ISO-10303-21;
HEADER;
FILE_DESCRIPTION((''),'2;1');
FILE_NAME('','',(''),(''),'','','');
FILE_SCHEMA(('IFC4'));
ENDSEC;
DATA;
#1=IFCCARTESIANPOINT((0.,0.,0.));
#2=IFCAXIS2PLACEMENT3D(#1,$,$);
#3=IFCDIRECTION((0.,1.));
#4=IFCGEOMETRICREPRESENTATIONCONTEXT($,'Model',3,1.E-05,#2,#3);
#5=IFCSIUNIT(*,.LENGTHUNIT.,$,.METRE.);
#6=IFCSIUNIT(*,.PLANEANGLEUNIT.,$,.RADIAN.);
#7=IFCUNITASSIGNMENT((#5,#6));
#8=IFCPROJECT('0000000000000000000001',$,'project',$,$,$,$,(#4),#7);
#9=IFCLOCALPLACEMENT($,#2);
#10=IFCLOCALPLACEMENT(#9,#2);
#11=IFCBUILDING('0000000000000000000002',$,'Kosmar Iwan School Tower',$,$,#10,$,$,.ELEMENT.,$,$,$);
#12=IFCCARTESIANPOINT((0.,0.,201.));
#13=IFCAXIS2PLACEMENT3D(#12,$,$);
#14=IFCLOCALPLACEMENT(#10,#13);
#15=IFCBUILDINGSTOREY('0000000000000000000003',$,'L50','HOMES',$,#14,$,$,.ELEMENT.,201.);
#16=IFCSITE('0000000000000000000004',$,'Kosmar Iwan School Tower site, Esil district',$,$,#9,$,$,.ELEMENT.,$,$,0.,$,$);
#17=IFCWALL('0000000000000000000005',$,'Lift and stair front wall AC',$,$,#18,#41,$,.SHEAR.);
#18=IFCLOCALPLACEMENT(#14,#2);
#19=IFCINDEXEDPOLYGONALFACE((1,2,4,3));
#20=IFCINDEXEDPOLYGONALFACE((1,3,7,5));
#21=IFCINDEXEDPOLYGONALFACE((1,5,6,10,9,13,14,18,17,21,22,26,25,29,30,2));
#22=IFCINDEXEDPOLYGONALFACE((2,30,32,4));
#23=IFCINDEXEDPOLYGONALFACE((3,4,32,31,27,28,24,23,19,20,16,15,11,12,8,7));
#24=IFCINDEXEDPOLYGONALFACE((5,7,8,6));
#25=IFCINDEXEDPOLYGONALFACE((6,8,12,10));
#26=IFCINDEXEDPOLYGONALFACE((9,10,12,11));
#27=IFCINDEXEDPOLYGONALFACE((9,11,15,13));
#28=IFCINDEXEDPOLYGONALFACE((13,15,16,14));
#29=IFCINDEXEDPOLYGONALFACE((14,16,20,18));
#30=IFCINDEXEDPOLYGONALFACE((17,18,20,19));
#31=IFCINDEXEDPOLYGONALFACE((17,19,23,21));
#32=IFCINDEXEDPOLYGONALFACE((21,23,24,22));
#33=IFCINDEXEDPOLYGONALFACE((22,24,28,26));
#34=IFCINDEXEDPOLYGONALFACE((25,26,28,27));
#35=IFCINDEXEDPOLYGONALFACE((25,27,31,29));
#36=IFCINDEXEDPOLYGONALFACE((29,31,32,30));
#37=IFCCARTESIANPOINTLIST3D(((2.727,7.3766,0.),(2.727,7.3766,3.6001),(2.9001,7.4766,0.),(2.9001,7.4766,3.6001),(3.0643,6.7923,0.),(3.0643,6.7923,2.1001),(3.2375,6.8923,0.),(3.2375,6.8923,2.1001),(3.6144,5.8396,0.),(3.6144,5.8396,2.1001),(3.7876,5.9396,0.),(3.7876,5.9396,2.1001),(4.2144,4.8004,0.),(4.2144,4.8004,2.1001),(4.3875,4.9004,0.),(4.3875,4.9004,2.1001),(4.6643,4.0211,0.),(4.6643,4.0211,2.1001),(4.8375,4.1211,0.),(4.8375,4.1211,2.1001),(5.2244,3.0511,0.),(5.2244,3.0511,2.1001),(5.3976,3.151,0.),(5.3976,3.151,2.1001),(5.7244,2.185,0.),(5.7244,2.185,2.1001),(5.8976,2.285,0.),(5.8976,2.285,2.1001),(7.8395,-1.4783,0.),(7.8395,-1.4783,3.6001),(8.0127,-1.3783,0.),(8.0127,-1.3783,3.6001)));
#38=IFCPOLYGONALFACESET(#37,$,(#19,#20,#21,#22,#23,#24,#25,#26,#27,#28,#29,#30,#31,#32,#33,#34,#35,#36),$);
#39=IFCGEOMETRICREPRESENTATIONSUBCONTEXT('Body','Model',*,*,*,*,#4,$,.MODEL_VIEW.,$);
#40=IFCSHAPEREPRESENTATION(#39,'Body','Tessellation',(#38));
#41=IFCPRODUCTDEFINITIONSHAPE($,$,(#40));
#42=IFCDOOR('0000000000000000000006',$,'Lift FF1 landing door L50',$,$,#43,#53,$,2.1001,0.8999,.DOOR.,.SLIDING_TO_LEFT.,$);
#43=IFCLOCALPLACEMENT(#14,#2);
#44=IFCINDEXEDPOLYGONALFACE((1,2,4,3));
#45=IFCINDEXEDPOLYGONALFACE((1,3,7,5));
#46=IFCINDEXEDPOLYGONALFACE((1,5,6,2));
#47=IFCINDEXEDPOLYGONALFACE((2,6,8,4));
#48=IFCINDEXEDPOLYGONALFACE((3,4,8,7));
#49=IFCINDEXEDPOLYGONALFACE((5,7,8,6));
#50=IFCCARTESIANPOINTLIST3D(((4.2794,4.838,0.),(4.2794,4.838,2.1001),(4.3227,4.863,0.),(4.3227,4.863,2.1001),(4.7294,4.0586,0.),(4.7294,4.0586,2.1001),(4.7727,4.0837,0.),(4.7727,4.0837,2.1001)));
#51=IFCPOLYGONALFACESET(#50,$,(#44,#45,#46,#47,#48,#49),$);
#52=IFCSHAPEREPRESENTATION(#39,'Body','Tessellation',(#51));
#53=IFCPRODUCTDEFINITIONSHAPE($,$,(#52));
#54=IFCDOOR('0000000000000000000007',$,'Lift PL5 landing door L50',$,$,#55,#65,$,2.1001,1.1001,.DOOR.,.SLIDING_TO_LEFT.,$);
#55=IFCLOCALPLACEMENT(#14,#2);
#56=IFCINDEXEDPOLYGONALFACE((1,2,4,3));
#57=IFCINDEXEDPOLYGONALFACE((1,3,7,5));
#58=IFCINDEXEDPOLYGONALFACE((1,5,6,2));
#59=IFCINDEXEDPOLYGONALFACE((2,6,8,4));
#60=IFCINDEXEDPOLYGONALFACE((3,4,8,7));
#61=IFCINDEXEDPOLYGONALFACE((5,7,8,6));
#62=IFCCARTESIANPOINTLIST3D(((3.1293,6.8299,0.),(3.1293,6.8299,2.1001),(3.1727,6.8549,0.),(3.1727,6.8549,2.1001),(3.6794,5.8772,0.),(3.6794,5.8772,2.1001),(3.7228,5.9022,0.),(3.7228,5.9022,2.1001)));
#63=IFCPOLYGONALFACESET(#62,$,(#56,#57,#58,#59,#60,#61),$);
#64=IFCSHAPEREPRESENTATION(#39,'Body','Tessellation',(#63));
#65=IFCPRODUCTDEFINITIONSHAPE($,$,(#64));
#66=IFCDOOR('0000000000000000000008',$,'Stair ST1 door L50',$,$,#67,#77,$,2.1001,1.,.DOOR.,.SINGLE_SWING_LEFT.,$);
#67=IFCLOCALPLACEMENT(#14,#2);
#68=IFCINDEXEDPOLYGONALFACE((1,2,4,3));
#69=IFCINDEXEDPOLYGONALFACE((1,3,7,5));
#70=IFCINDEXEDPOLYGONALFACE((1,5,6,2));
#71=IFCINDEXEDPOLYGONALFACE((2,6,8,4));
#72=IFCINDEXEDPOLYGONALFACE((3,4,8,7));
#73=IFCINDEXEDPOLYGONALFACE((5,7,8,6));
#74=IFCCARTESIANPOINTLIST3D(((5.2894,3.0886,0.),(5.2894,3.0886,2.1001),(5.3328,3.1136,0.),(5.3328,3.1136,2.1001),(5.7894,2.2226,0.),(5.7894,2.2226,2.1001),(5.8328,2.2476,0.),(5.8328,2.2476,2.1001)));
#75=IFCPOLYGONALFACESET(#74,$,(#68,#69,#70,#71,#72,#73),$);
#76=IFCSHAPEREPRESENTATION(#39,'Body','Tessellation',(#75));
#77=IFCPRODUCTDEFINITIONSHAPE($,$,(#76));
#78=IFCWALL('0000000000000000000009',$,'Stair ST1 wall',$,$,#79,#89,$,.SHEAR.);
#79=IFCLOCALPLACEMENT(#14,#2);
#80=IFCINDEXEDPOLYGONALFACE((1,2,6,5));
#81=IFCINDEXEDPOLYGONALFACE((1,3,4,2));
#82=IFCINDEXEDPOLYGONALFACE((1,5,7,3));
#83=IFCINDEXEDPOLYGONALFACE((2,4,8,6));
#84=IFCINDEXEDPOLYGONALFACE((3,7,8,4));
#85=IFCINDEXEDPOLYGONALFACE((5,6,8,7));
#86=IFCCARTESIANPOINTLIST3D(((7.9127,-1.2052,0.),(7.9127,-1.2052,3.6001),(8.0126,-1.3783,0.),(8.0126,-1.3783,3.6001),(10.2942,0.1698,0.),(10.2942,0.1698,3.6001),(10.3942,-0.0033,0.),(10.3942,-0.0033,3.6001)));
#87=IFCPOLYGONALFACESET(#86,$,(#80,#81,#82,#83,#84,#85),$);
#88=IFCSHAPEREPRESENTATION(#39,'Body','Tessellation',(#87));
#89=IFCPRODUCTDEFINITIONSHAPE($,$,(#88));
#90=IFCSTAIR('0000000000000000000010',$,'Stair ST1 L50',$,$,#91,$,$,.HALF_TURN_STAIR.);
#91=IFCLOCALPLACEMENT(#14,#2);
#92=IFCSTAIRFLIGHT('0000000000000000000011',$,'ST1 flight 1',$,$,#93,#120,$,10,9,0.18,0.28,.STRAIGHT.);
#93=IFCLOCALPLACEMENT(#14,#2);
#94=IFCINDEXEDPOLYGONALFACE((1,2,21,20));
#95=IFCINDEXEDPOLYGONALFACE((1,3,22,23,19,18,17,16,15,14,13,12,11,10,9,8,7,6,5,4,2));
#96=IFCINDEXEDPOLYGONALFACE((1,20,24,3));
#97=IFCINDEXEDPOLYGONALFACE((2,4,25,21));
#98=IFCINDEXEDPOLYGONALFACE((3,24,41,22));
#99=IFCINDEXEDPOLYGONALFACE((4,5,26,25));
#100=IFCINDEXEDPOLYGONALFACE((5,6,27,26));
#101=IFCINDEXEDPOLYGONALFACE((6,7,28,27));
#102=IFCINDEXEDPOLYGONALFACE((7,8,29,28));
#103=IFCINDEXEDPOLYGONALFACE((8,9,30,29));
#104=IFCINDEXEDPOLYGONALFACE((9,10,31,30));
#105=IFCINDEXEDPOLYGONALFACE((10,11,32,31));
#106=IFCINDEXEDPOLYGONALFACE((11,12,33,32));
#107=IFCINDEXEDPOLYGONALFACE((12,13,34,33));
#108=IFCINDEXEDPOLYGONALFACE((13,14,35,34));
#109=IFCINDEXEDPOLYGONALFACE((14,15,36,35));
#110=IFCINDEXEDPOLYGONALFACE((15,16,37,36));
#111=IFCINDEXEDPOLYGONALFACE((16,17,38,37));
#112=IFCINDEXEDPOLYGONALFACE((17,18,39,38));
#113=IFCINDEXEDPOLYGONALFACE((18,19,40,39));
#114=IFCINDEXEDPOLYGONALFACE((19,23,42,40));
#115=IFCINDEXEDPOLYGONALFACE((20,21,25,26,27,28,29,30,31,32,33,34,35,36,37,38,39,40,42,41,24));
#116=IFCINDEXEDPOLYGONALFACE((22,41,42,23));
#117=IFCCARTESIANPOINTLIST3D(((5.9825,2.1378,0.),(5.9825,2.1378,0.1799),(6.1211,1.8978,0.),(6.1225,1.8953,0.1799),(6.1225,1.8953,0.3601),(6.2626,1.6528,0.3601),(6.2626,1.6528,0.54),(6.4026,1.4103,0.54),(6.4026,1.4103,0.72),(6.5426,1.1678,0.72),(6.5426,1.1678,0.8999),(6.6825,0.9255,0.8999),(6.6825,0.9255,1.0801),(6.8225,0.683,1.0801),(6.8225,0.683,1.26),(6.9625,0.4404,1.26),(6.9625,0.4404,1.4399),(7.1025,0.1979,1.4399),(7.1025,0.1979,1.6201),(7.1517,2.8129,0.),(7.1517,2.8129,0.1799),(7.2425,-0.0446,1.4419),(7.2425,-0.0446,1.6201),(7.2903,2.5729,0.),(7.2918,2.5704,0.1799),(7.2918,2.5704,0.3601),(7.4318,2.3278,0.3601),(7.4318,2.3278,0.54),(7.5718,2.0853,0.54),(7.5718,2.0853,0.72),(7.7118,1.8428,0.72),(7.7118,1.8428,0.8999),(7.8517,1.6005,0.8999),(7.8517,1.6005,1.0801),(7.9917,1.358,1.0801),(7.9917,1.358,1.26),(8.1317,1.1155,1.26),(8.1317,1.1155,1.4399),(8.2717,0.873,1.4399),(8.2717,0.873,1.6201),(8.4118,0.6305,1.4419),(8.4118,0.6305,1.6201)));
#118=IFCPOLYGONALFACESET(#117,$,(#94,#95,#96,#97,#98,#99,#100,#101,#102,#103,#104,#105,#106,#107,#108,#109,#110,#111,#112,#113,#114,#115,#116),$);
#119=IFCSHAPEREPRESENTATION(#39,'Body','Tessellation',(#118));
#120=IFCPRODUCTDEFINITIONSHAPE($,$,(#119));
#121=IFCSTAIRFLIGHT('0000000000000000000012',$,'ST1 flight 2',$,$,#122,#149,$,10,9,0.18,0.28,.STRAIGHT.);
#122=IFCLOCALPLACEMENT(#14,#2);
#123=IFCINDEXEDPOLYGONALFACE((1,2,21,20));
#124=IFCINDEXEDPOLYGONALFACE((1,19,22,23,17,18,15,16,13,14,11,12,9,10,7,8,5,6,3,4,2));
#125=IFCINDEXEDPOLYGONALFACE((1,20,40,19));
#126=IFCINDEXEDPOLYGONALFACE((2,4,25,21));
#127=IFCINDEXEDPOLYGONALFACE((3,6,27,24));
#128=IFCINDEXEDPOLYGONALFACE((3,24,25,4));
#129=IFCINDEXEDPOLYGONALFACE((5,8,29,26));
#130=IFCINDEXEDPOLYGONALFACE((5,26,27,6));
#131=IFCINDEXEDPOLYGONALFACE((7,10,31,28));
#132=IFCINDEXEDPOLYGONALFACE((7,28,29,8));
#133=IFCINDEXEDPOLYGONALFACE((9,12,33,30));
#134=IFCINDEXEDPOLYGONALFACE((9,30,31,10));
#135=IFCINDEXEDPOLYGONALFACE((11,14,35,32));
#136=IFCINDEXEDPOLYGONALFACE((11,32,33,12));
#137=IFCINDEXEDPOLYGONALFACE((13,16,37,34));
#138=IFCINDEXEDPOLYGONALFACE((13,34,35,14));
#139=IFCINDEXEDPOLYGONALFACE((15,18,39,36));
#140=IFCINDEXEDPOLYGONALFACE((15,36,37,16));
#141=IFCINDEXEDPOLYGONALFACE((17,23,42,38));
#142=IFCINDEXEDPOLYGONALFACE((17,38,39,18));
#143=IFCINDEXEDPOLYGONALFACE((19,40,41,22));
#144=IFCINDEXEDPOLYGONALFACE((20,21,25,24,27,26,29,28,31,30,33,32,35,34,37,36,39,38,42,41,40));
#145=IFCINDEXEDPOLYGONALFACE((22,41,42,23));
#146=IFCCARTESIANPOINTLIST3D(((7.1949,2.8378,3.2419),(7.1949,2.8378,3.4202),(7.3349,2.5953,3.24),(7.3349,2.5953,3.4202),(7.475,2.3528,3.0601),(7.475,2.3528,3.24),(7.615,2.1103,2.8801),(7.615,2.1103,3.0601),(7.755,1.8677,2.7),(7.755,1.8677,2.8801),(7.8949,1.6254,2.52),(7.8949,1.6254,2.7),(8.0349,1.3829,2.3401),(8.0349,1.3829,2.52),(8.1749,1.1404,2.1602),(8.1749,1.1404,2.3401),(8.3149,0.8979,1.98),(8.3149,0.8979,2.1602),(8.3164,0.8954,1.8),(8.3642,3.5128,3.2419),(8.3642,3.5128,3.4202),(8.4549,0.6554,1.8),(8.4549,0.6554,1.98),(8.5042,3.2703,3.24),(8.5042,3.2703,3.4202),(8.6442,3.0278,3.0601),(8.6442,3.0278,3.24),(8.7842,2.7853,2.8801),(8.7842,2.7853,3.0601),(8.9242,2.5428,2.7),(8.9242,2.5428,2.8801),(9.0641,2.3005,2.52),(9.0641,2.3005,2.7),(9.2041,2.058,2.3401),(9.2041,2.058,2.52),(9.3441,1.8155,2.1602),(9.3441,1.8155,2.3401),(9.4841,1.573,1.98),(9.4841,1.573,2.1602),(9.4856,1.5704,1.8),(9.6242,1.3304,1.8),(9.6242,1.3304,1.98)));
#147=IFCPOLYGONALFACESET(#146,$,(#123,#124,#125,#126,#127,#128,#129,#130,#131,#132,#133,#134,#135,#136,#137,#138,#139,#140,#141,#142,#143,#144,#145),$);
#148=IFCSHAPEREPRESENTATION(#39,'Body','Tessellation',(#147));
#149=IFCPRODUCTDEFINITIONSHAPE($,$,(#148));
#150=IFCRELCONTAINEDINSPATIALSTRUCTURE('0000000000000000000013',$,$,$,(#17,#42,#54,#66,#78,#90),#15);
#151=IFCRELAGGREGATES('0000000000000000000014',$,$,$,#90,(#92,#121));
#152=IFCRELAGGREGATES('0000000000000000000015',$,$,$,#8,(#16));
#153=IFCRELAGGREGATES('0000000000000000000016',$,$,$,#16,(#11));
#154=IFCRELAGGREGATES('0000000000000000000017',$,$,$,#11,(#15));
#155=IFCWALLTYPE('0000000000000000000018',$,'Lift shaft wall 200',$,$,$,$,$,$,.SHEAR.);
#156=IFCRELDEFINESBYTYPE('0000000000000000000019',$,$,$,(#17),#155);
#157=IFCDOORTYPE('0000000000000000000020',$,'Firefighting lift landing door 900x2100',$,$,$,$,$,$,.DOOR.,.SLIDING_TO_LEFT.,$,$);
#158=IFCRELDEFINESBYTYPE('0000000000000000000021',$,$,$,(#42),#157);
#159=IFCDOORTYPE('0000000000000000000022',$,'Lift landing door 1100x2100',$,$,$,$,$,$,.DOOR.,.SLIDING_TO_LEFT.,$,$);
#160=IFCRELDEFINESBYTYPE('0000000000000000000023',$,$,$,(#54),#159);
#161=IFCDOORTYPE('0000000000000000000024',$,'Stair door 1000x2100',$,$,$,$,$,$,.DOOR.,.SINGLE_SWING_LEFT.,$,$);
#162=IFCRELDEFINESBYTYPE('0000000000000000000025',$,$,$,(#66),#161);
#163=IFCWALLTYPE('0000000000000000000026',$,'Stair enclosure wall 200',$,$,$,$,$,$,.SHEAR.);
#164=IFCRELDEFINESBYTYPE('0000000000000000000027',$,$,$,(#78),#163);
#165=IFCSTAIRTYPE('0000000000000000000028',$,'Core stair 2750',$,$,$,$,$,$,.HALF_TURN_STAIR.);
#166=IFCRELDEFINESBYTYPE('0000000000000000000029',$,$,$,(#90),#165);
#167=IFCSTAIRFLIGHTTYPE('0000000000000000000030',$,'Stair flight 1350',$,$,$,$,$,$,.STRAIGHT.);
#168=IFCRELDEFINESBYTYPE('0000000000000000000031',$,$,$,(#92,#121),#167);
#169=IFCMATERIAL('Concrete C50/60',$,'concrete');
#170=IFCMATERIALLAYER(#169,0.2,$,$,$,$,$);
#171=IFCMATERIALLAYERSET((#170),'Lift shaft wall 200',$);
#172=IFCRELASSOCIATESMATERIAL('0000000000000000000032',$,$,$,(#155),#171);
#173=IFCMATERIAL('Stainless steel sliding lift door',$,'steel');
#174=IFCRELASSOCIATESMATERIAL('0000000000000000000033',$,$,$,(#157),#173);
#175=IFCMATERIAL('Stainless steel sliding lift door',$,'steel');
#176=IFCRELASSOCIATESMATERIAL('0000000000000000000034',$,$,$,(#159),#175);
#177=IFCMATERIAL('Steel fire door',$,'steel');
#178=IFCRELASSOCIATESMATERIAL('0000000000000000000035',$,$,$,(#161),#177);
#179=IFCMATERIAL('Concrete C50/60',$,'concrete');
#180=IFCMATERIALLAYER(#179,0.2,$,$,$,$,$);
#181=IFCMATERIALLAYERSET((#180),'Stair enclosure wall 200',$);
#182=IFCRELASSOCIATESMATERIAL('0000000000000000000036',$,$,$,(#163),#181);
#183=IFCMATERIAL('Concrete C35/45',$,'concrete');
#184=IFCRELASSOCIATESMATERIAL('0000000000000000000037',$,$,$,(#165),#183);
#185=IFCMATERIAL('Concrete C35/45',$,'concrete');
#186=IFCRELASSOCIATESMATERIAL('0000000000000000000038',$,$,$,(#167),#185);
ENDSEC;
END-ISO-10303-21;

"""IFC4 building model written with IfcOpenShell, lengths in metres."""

from ifc_helpers import new_model, si_unit, direction, frame, frame_2d, origin, place, context, subcontext, project, spatial, polyline, rectangle, outline, extrude, material, layer, layer_set, type_object, element, fill, aggregate, save


model = new_model("IFC4")

# Units and contexts
model_context = context("Model", 3, precision=1e-05, world=origin(), true_north=direction((0.0, 1.0)))
body_context = subcontext(model_context, "Body", "Model", "MODEL_VIEW")
ifc_project = project(units=[si_unit("LENGTHUNIT", "METRE"), si_unit("PLANEANGLEUNIT", "RADIAN")], contexts=[model_context])

# Site, building, storey
site_placement = place(None, origin())
site = spatial("IfcSite", under=ifc_project, at=site_placement, Name="Kosmar Iwan School Tower site, Esil district", CompositionType="ELEMENT", RefElevation=0.0)
building_placement = place(site_placement, origin())
building = spatial("IfcBuilding", under=site, at=building_placement, Name="Kosmar Iwan School Tower", CompositionType="ELEMENT")
storey_placement = place(building_placement, frame((0.0, 0.0, 201.0)))
storey = spatial("IfcBuildingStorey", under=building, at=storey_placement, Name="L50", Description="HOMES", CompositionType="ELEMENT", Elevation=201.0)

# Wall, openings, doors
ifc_material_1 = material(Name="Concrete C50/60", Category="concrete")
ifc_layer_1 = layer(ifc_material_1, 0.2)
ifc_layer_set_1 = layer_set([ifc_layer_1], Name="Lift shaft wall 200")
wall_type_1 = type_object("IfcWallType", Name="Lift shaft wall 200", PredefinedType="SHEAR", material=ifc_layer_set_1)
wall_1_placement = place(storey_placement, frame((7.926, -1.4282, 0.0), z_axis=(0.0, 0.0, 1.0), x_axis=(-0.500009, 0.86602, 0.0)))
wall_1 = element("IfcWall", 1, at=wall_1_placement, inside=storey, type_object=wall_type_1, Name="Lift and stair front wall AC", PredefinedType="SHEAR", context=body_context, shape_type="SweptSolid", body=[
    extrude(rectangle(XDim=10.2249, YDim=0.2, at=frame_2d((5.1123, 0.0))), origin(), (0.0, 0.0, 1.0), 3.6001),
])
opening_1_placement = place(wall_1_placement, frame((6.3501, 0.0, 0.0)))
opening_1 = element("IfcOpeningElement", 2, at=opening_1_placement, cuts=wall_1, PredefinedType="OPENING", context=body_context, shape_type="SweptSolid", body=[
    extrude(rectangle(XDim=0.8999, YDim=2.1001, at=frame_2d((0.45, 1.05))), frame((0.0, 0.1121, 0.0), z_axis=(0.0, -1.0, 0.0), x_axis=(1.0, 0.0, 0.0)), (0.0, 0.0, 1.0), 0.2239),
])
opening_2_placement = place(wall_1_placement, frame((8.45, 0.0, 0.0)))
opening_2 = element("IfcOpeningElement", 3, at=opening_2_placement, cuts=wall_1, PredefinedType="OPENING", context=body_context, shape_type="SweptSolid", body=[
    extrude(rectangle(XDim=1.1001, YDim=2.1001, at=frame_2d((0.55, 1.05))), frame((0.0, 0.1121, 0.0), z_axis=(0.0, -1.0, 0.0), x_axis=(1.0, 0.0, 0.0)), (0.0, 0.0, 1.0), 0.2239),
])
opening_3_placement = place(wall_1_placement, frame((4.23, 0.0, 0.0)))
opening_3 = element("IfcOpeningElement", 4, at=opening_3_placement, cuts=wall_1, PredefinedType="OPENING", context=body_context, shape_type="SweptSolid", body=[
    extrude(rectangle(XDim=1.0, YDim=2.1001, at=frame_2d((0.5, 1.05))), frame((0.0, 0.1121, 0.0), z_axis=(0.0, -1.0, 0.0), x_axis=(1.0, 0.0, 0.0)), (0.0, 0.0, 1.0), 0.2239),
])
ifc_material_2 = material(Name="Stainless steel sliding lift door", Category="steel")
door_type_1 = type_object("IfcDoorType", Name="Firefighting lift landing door 900x2100", OperationType="SLIDING_TO_LEFT", PredefinedType="DOOR", material=ifc_material_2)
door_1_placement = place(opening_1_placement, origin())
door_1 = element("IfcDoor", 5, at=door_1_placement, inside=storey, type_object=door_type_1, Name="Lift FF1 landing door L50", OperationType="SLIDING_TO_LEFT", OverallHeight=2.1001, OverallWidth=0.8999, PredefinedType="DOOR", context=body_context, shape_type="SweptSolid", body=[
    extrude(rectangle(XDim=0.8999, YDim=2.1001, at=frame_2d((0.45, 1.05))), frame((0.0, 0.0249, 0.0), z_axis=(0.0, -1.0, 0.0), x_axis=(1.0, 0.0, 0.0)), (0.0, 0.0, 1.0), 0.05),
])
fill(opening_1, door_1)
ifc_material_3 = material(Name="Stainless steel sliding lift door", Category="steel")
door_type_2 = type_object("IfcDoorType", Name="Lift landing door 1100x2100", OperationType="SLIDING_TO_LEFT", PredefinedType="DOOR", material=ifc_material_3)
door_2_placement = place(opening_2_placement, origin())
door_2 = element("IfcDoor", 6, at=door_2_placement, inside=storey, type_object=door_type_2, Name="Lift PL5 landing door L50", OperationType="SLIDING_TO_LEFT", OverallHeight=2.1001, OverallWidth=1.1001, PredefinedType="DOOR", context=body_context, shape_type="SweptSolid", body=[
    extrude(rectangle(XDim=1.1001, YDim=2.1001, at=frame_2d((0.55, 1.05))), frame((0.0, 0.0249, 0.0), z_axis=(0.0, -1.0, 0.0), x_axis=(1.0, 0.0, 0.0)), (0.0, 0.0, 1.0), 0.05),
])
fill(opening_2, door_2)
ifc_material_4 = material(Name="Steel fire door", Category="steel")
door_type_3 = type_object("IfcDoorType", Name="Stair door 1000x2100", OperationType="SINGLE_SWING_LEFT", PredefinedType="DOOR", material=ifc_material_4)
door_3_placement = place(opening_3_placement, origin())
door_3 = element("IfcDoor", 7, at=door_3_placement, inside=storey, type_object=door_type_3, Name="Stair ST1 door L50", OperationType="SINGLE_SWING_LEFT", OverallHeight=2.1001, OverallWidth=1.0, PredefinedType="DOOR", context=body_context, shape_type="SweptSolid", body=[
    extrude(rectangle(XDim=1.0, YDim=2.1001, at=frame_2d((0.5, 1.05))), frame((0.0, 0.0249, 0.0), z_axis=(0.0, -1.0, 0.0), x_axis=(1.0, 0.0, 0.0)), (0.0, 0.0, 1.0), 0.05),
])
fill(opening_3, door_3)

# Wall
ifc_material_5 = material(Name="Concrete C50/60", Category="concrete")
ifc_layer_2 = layer(ifc_material_5, 0.2)
ifc_layer_set_2 = layer_set([ifc_layer_2], Name="Stair enclosure wall 200")
wall_type_2 = type_object("IfcWallType", Name="Stair enclosure wall 200", PredefinedType="SHEAR", material=ifc_layer_set_2)
wall_2_placement = place(storey_placement, frame((7.9626, -1.2917, 0.0), z_axis=(0.0, 0.0, 1.0), x_axis=(0.866027, 0.499997, 0.0)))
element("IfcWall", 8, at=wall_2_placement, inside=storey, type_object=wall_type_2, Name="Stair ST1 wall", PredefinedType="SHEAR", context=body_context, shape_type="SweptSolid", body=[
    extrude(rectangle(XDim=2.75, YDim=0.2, at=frame_2d((1.375, 0.0))), origin(), (0.0, 0.0, 1.0), 3.6001),
])

# Stair, stair flights
ifc_material_6 = material(Name="Concrete C35/45", Category="concrete")
stair_type = type_object("IfcStairType", Name="Core stair 2750", PredefinedType="HALF_TURN_STAIR", material=ifc_material_6)
stair_placement = place(storey_placement, origin())
stair = element("IfcStair", 9, at=stair_placement, inside=storey, type_object=stair_type, Name="Stair ST1 L50", PredefinedType="HALF_TURN_STAIR")
ifc_material_7 = material(Name="Concrete C35/45", Category="concrete")
stair_flight_type = type_object("IfcStairFlightType", Name="Stair flight 1350", PredefinedType="STRAIGHT", material=ifc_material_7)
stair_flight_1_placement = place(storey_placement, frame((6.5671, 2.4753, 0.0), z_axis=(0.0, 0.0, 1.0), x_axis=(0.5, -0.866025, 0.0)))
stair_flight_1 = element("IfcStairFlight", 10, at=stair_flight_1_placement, type_object=stair_flight_type, Name="ST1 flight 1", NumberOfRisers=10, NumberOfTreads=9, PredefinedType="STRAIGHT", RiserHeight=0.18, TreadLength=0.28, context=body_context, shape_type="SweptSolid", body=[
    extrude(outline(polyline([(0.0, 0.0), (0.0, 0.1799), (0.28, 0.1799), (0.28, 0.3601), (0.5601, 0.3601), (0.5601, 0.54), (0.8401, 0.54), (0.8401, 0.72), (1.1201, 0.72), (1.1201, 0.8999), (1.3999, 0.8999), (1.3999, 1.0801), (1.6799, 1.0801), (1.6799, 1.26), (1.96, 1.26), (1.96, 1.4399), (2.24, 1.4399), (2.24, 1.6201), (2.52, 1.6201), (2.52, 1.8), (2.52, 1.4419), (0.2771, 0.0), (0.0, 0.0)])), frame((0.0, 0.675, 0.0), z_axis=(0.0, -1.0, 0.0), x_axis=(1.0, 0.0, 0.0)), (0.0, 0.0, 1.0), 1.3501),
])
stair_flight_2_placement = place(storey_placement, frame((9.0396, 0.9929, 1.8), z_axis=(0.0, 0.0, 1.0), x_axis=(-0.5, 0.866025, 0.0)))
stair_flight_2 = element("IfcStairFlight", 11, at=stair_flight_2_placement, type_object=stair_flight_type, Name="ST1 flight 2", NumberOfRisers=10, NumberOfTreads=9, PredefinedType="STRAIGHT", RiserHeight=0.18, TreadLength=0.28, context=body_context, shape_type="SweptSolid", body=[
    extrude(outline(polyline([(0.0, 0.0), (0.0, 0.1799), (0.28, 0.1799), (0.28, 0.3601), (0.5601, 0.3601), (0.5601, 0.54), (0.8401, 0.54), (0.8401, 0.72), (1.1201, 0.72), (1.1201, 0.8999), (1.3999, 0.8999), (1.3999, 1.0801), (1.6799, 1.0801), (1.6799, 1.26), (1.96, 1.26), (1.96, 1.4399), (2.24, 1.4399), (2.24, 1.6201), (2.52, 1.6201), (2.52, 1.8), (2.52, 1.4419), (0.2771, 0.0), (0.0, 0.0)])), frame((0.0, 0.675, 0.0), z_axis=(0.0, -1.0, 0.0), x_axis=(1.0, 0.0, 0.0)), (0.0, 0.0, 1.0), 1.3501),
])
aggregate(stair, [stair_flight_1, stair_flight_2])

save(model, "model.ifc")
